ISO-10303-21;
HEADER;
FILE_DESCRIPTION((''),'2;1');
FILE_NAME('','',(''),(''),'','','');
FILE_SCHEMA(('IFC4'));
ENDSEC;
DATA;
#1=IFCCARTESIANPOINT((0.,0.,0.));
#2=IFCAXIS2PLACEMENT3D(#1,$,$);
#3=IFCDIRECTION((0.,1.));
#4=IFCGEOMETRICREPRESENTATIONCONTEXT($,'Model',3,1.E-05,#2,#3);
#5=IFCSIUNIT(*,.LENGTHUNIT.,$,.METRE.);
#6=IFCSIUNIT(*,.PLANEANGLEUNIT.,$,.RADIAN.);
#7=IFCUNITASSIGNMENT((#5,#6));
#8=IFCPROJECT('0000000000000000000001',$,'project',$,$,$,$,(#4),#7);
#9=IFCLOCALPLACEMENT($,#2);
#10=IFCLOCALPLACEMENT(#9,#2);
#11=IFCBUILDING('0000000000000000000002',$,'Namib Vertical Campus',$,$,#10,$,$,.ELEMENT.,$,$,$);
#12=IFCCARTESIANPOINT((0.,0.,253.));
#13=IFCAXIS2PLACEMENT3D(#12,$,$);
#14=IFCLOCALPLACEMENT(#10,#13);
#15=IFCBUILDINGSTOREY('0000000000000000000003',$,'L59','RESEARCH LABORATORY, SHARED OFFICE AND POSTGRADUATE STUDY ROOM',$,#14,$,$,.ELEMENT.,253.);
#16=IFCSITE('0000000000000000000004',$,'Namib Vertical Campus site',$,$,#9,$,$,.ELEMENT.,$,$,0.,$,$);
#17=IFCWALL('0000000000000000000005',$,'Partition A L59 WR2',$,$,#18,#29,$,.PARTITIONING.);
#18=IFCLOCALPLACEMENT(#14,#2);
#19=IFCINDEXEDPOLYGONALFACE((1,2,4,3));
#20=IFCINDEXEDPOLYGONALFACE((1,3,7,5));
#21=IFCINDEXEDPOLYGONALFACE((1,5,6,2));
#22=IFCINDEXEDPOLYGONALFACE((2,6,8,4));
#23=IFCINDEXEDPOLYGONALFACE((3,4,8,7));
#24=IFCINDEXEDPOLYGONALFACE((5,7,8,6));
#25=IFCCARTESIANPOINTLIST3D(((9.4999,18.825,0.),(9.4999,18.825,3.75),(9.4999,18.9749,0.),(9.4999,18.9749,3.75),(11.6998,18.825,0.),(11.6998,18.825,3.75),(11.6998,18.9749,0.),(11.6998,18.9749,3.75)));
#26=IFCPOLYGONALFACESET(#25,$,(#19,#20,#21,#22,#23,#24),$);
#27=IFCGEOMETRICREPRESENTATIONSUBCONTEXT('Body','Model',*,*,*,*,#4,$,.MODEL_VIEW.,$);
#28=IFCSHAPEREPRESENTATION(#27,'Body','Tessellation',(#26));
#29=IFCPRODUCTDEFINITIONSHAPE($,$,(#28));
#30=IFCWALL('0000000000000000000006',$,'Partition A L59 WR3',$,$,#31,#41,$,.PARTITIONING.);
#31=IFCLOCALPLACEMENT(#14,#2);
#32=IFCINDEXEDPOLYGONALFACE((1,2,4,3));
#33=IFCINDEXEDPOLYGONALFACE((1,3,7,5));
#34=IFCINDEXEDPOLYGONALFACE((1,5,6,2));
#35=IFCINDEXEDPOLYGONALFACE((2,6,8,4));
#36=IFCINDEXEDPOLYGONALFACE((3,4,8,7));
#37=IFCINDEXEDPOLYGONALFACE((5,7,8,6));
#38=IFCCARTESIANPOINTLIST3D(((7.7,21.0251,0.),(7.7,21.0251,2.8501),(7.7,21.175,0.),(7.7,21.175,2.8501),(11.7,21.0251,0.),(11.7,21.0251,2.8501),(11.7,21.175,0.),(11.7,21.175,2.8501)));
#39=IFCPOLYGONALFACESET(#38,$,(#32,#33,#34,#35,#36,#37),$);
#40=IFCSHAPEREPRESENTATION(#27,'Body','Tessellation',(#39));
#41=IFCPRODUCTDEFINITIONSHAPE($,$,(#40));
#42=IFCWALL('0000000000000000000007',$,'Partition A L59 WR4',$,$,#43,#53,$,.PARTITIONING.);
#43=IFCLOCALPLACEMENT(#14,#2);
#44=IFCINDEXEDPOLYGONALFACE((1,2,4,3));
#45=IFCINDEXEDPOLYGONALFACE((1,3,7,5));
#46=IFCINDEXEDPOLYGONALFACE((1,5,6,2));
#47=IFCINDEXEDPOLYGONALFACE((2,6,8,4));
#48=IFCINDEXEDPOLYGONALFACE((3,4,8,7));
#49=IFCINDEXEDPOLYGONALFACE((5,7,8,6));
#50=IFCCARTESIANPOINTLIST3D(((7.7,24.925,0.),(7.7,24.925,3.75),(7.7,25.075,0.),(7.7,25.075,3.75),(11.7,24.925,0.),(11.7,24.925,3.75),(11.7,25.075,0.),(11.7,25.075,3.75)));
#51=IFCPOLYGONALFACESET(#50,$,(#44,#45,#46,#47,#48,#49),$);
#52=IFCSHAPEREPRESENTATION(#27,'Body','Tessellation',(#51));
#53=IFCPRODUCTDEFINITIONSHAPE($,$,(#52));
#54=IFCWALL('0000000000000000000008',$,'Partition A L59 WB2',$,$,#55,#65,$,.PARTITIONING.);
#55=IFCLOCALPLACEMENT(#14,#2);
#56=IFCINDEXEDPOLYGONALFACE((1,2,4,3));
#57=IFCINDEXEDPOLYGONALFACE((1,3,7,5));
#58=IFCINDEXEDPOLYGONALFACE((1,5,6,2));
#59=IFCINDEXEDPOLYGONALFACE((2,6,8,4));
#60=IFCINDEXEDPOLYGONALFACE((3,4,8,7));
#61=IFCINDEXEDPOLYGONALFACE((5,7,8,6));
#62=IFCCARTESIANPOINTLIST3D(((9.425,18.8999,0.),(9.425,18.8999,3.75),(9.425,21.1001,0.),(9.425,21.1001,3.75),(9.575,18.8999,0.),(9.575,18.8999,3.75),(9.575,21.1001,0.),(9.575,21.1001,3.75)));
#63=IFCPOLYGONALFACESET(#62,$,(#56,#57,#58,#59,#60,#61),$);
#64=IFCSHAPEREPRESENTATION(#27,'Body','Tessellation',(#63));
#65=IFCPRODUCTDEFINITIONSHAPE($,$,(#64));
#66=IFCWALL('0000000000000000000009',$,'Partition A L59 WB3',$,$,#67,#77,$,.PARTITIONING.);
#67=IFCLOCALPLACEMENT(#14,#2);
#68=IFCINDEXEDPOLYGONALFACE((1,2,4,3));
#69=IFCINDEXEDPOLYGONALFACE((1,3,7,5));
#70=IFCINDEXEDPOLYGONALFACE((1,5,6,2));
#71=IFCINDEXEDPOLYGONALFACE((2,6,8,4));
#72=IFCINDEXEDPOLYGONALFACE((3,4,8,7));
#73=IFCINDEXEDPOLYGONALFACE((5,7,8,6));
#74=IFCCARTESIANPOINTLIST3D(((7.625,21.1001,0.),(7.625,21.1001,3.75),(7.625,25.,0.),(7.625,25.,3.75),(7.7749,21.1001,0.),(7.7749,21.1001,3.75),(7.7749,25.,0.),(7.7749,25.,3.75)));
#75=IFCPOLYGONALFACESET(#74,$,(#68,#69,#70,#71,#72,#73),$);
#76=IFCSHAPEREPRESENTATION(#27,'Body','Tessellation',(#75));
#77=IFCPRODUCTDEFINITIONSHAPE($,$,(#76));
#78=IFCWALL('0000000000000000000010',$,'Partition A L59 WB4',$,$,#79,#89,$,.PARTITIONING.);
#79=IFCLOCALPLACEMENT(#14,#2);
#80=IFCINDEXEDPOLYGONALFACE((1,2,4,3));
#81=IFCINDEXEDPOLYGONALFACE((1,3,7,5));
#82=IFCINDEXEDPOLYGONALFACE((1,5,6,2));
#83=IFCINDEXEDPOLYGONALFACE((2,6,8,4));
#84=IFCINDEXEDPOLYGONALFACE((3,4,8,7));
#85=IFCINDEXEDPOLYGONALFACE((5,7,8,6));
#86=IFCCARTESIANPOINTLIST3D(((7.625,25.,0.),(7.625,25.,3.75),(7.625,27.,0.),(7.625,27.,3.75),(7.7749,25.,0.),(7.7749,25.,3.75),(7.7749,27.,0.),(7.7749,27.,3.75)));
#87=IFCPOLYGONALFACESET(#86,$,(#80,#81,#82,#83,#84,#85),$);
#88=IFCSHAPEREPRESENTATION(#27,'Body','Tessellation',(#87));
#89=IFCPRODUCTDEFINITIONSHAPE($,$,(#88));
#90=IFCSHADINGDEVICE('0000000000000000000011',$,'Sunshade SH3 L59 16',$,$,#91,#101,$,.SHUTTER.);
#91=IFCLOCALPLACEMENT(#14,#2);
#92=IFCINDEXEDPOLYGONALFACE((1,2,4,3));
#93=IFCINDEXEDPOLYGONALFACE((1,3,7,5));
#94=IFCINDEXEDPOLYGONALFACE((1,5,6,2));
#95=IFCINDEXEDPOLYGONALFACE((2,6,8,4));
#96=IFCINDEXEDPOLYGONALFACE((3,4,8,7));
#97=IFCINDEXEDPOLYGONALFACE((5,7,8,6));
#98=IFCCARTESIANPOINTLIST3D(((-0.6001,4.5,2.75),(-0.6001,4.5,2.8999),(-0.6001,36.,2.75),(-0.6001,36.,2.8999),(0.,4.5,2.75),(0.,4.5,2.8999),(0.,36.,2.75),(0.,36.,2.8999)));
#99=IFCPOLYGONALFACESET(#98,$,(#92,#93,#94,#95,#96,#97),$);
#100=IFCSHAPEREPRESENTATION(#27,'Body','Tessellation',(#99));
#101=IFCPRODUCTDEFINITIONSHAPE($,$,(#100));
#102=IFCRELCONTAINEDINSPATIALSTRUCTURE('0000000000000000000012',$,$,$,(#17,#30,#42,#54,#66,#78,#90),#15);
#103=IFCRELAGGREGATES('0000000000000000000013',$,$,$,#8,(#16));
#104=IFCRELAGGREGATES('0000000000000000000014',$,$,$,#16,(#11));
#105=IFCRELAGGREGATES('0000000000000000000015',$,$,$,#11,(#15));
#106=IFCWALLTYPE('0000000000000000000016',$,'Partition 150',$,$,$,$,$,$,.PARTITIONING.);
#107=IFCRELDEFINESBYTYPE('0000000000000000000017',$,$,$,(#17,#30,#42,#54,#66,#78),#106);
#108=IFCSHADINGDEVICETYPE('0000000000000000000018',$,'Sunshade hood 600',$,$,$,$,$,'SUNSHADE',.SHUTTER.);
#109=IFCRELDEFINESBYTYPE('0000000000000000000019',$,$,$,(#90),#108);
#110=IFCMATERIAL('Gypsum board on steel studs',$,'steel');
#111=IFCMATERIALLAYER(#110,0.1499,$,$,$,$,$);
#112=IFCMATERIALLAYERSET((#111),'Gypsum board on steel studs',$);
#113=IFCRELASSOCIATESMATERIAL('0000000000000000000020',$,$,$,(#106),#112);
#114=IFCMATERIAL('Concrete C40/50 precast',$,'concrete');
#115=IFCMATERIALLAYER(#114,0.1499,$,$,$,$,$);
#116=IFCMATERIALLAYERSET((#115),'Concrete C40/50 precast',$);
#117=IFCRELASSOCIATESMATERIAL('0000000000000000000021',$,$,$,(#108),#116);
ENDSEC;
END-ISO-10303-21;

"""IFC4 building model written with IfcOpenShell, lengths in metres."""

from ifc_helpers import new_model, si_unit, direction, frame, frame_2d, origin, origin_2d, place, context, subcontext, project, spatial, rectangle, extrude, material, layer, layer_set, type_object, element, save


model = new_model("IFC4")

# Units and contexts
model_context = context("Model", 3, precision=1e-05, world=origin(), true_north=direction((0.0, 1.0)))
body_context = subcontext(model_context, "Body", "Model", "MODEL_VIEW")
ifc_project = project(units=[si_unit("LENGTHUNIT", "METRE"), si_unit("PLANEANGLEUNIT", "RADIAN")], contexts=[model_context])

# Site, building, storey
site_placement = place(None, origin())
site = spatial("IfcSite", under=ifc_project, at=site_placement, Name="Namib Vertical Campus site", CompositionType="ELEMENT", RefElevation=0.0)
building_placement = place(site_placement, origin())
building = spatial("IfcBuilding", under=site, at=building_placement, Name="Namib Vertical Campus", CompositionType="ELEMENT")
storey_placement = place(building_placement, frame((0.0, 0.0, 253.0)))
storey = spatial("IfcBuildingStorey", under=building, at=storey_placement, Name="L59", Description="RESEARCH LABORATORY, SHARED OFFICE AND POSTGRADUATE STUDY ROOM", CompositionType="ELEMENT", Elevation=253.0)

# Shared definitions
ifc_material_1 = material(Name="Gypsum board on steel studs", Category="steel")
ifc_layer_1 = layer(ifc_material_1, 0.1499)
ifc_layer_set_1 = layer_set([ifc_layer_1], Name="Gypsum board on steel studs")
wall_type_1 = type_object("IfcWallType", Name="Partition 150", PredefinedType="PARTITIONING", material=ifc_layer_set_1)

# Walls
wall_1_placement = place(storey_placement, frame((11.7, 18.8999, 0.0), z_axis=(0.0, 0.0, 1.0), x_axis=(-1.0, 0.0, 0.0)))
element("IfcWall", 1, at=wall_1_placement, inside=storey, type_object=wall_type_1, Name="Partition A L59 WR2", PredefinedType="PARTITIONING", context=body_context, shape_type="SweptSolid", body=[
    extrude(rectangle(XDim=2.2, YDim=0.1499, at=frame_2d((1.1001, 0.0))), origin(), (0.0, 0.0, 1.0), 3.75),
])
wall_2_placement = place(storey_placement, frame((11.7, 21.1001, 0.0), z_axis=(0.0, 0.0, 1.0), x_axis=(-1.0, 0.0, 0.0)))
element("IfcWall", 2, at=wall_2_placement, inside=storey, type_object=wall_type_1, Name="Partition A L59 WR3", PredefinedType="PARTITIONING", context=body_context, shape_type="SweptSolid", body=[
    extrude(rectangle(XDim=4.0, YDim=0.1499, at=frame_2d((2.0, 0.0))), origin(), (0.0, 0.0, 1.0), 2.8501),
])
wall_3_placement = place(storey_placement, frame((11.7, 25.0, 0.0), z_axis=(0.0, 0.0, 1.0), x_axis=(-1.0, 0.0, 0.0)))
element("IfcWall", 3, at=wall_3_placement, inside=storey, type_object=wall_type_1, Name="Partition A L59 WR4", PredefinedType="PARTITIONING", context=body_context, shape_type="SweptSolid", body=[
    extrude(rectangle(XDim=4.0, YDim=0.1499, at=frame_2d((2.0, 0.0))), origin(), (0.0, 0.0, 1.0), 3.75),
])
wall_4_placement = place(storey_placement, frame((9.5, 18.8999, 0.0), z_axis=(0.0, 0.0, 1.0), x_axis=(0.0, 1.0, 0.0)))
element("IfcWall", 4, at=wall_4_placement, inside=storey, type_object=wall_type_1, Name="Partition A L59 WB2", PredefinedType="PARTITIONING", context=body_context, shape_type="SweptSolid", body=[
    extrude(rectangle(XDim=2.2002, YDim=0.1499, at=frame_2d((1.1001, 0.0))), origin(), (0.0, 0.0, 1.0), 3.75),
])
wall_5_placement = place(storey_placement, frame((7.7, 21.1001, 0.0), z_axis=(0.0, 0.0, 1.0), x_axis=(0.0, 1.0, 0.0)))
element("IfcWall", 5, at=wall_5_placement, inside=storey, type_object=wall_type_1, Name="Partition A L59 WB3", PredefinedType="PARTITIONING", context=body_context, shape_type="SweptSolid", body=[
    extrude(rectangle(XDim=3.8999, YDim=0.1499, at=frame_2d((1.95, 0.0))), origin(), (0.0, 0.0, 1.0), 3.75),
])
wall_6_placement = place(storey_placement, frame((7.7, 25.0, 0.0), z_axis=(0.0, 0.0, 1.0), x_axis=(0.0, 1.0, 0.0)))
element("IfcWall", 6, at=wall_6_placement, inside=storey, type_object=wall_type_1, Name="Partition A L59 WB4", PredefinedType="PARTITIONING", context=body_context, shape_type="SweptSolid", body=[
    extrude(rectangle(XDim=2.0, YDim=0.1499, at=frame_2d((1.0, 0.0))), origin(), (0.0, 0.0, 1.0), 3.75),
])

# Shading device
ifc_material_2 = material(Name="Concrete C40/50 precast", Category="concrete")
ifc_layer_2 = layer(ifc_material_2, 0.1499)
ifc_layer_set_2 = layer_set([ifc_layer_2], Name="Concrete C40/50 precast")
shading_device_type = type_object("IfcShadingDeviceType", Name="Sunshade hood 600", ElementType="SUNSHADE", PredefinedType="SHUTTER", material=ifc_layer_set_2)
shading_device_placement = place(storey_placement, frame((-0.3, 20.25, 2.75), z_axis=(0.0, 0.0, 1.0), x_axis=(0.0, -1.0, 0.0)))
element("IfcShadingDevice", 7, at=shading_device_placement, inside=storey, type_object=shading_device_type, Name="Sunshade SH3 L59 16", PredefinedType="SHUTTER", context=body_context, shape_type="SweptSolid", body=[
    extrude(rectangle(XDim=31.5, YDim=0.6001, at=origin_2d()), origin(), (0.0, 0.0, 1.0), 0.1499),
])

save(model, "model.ifc")
